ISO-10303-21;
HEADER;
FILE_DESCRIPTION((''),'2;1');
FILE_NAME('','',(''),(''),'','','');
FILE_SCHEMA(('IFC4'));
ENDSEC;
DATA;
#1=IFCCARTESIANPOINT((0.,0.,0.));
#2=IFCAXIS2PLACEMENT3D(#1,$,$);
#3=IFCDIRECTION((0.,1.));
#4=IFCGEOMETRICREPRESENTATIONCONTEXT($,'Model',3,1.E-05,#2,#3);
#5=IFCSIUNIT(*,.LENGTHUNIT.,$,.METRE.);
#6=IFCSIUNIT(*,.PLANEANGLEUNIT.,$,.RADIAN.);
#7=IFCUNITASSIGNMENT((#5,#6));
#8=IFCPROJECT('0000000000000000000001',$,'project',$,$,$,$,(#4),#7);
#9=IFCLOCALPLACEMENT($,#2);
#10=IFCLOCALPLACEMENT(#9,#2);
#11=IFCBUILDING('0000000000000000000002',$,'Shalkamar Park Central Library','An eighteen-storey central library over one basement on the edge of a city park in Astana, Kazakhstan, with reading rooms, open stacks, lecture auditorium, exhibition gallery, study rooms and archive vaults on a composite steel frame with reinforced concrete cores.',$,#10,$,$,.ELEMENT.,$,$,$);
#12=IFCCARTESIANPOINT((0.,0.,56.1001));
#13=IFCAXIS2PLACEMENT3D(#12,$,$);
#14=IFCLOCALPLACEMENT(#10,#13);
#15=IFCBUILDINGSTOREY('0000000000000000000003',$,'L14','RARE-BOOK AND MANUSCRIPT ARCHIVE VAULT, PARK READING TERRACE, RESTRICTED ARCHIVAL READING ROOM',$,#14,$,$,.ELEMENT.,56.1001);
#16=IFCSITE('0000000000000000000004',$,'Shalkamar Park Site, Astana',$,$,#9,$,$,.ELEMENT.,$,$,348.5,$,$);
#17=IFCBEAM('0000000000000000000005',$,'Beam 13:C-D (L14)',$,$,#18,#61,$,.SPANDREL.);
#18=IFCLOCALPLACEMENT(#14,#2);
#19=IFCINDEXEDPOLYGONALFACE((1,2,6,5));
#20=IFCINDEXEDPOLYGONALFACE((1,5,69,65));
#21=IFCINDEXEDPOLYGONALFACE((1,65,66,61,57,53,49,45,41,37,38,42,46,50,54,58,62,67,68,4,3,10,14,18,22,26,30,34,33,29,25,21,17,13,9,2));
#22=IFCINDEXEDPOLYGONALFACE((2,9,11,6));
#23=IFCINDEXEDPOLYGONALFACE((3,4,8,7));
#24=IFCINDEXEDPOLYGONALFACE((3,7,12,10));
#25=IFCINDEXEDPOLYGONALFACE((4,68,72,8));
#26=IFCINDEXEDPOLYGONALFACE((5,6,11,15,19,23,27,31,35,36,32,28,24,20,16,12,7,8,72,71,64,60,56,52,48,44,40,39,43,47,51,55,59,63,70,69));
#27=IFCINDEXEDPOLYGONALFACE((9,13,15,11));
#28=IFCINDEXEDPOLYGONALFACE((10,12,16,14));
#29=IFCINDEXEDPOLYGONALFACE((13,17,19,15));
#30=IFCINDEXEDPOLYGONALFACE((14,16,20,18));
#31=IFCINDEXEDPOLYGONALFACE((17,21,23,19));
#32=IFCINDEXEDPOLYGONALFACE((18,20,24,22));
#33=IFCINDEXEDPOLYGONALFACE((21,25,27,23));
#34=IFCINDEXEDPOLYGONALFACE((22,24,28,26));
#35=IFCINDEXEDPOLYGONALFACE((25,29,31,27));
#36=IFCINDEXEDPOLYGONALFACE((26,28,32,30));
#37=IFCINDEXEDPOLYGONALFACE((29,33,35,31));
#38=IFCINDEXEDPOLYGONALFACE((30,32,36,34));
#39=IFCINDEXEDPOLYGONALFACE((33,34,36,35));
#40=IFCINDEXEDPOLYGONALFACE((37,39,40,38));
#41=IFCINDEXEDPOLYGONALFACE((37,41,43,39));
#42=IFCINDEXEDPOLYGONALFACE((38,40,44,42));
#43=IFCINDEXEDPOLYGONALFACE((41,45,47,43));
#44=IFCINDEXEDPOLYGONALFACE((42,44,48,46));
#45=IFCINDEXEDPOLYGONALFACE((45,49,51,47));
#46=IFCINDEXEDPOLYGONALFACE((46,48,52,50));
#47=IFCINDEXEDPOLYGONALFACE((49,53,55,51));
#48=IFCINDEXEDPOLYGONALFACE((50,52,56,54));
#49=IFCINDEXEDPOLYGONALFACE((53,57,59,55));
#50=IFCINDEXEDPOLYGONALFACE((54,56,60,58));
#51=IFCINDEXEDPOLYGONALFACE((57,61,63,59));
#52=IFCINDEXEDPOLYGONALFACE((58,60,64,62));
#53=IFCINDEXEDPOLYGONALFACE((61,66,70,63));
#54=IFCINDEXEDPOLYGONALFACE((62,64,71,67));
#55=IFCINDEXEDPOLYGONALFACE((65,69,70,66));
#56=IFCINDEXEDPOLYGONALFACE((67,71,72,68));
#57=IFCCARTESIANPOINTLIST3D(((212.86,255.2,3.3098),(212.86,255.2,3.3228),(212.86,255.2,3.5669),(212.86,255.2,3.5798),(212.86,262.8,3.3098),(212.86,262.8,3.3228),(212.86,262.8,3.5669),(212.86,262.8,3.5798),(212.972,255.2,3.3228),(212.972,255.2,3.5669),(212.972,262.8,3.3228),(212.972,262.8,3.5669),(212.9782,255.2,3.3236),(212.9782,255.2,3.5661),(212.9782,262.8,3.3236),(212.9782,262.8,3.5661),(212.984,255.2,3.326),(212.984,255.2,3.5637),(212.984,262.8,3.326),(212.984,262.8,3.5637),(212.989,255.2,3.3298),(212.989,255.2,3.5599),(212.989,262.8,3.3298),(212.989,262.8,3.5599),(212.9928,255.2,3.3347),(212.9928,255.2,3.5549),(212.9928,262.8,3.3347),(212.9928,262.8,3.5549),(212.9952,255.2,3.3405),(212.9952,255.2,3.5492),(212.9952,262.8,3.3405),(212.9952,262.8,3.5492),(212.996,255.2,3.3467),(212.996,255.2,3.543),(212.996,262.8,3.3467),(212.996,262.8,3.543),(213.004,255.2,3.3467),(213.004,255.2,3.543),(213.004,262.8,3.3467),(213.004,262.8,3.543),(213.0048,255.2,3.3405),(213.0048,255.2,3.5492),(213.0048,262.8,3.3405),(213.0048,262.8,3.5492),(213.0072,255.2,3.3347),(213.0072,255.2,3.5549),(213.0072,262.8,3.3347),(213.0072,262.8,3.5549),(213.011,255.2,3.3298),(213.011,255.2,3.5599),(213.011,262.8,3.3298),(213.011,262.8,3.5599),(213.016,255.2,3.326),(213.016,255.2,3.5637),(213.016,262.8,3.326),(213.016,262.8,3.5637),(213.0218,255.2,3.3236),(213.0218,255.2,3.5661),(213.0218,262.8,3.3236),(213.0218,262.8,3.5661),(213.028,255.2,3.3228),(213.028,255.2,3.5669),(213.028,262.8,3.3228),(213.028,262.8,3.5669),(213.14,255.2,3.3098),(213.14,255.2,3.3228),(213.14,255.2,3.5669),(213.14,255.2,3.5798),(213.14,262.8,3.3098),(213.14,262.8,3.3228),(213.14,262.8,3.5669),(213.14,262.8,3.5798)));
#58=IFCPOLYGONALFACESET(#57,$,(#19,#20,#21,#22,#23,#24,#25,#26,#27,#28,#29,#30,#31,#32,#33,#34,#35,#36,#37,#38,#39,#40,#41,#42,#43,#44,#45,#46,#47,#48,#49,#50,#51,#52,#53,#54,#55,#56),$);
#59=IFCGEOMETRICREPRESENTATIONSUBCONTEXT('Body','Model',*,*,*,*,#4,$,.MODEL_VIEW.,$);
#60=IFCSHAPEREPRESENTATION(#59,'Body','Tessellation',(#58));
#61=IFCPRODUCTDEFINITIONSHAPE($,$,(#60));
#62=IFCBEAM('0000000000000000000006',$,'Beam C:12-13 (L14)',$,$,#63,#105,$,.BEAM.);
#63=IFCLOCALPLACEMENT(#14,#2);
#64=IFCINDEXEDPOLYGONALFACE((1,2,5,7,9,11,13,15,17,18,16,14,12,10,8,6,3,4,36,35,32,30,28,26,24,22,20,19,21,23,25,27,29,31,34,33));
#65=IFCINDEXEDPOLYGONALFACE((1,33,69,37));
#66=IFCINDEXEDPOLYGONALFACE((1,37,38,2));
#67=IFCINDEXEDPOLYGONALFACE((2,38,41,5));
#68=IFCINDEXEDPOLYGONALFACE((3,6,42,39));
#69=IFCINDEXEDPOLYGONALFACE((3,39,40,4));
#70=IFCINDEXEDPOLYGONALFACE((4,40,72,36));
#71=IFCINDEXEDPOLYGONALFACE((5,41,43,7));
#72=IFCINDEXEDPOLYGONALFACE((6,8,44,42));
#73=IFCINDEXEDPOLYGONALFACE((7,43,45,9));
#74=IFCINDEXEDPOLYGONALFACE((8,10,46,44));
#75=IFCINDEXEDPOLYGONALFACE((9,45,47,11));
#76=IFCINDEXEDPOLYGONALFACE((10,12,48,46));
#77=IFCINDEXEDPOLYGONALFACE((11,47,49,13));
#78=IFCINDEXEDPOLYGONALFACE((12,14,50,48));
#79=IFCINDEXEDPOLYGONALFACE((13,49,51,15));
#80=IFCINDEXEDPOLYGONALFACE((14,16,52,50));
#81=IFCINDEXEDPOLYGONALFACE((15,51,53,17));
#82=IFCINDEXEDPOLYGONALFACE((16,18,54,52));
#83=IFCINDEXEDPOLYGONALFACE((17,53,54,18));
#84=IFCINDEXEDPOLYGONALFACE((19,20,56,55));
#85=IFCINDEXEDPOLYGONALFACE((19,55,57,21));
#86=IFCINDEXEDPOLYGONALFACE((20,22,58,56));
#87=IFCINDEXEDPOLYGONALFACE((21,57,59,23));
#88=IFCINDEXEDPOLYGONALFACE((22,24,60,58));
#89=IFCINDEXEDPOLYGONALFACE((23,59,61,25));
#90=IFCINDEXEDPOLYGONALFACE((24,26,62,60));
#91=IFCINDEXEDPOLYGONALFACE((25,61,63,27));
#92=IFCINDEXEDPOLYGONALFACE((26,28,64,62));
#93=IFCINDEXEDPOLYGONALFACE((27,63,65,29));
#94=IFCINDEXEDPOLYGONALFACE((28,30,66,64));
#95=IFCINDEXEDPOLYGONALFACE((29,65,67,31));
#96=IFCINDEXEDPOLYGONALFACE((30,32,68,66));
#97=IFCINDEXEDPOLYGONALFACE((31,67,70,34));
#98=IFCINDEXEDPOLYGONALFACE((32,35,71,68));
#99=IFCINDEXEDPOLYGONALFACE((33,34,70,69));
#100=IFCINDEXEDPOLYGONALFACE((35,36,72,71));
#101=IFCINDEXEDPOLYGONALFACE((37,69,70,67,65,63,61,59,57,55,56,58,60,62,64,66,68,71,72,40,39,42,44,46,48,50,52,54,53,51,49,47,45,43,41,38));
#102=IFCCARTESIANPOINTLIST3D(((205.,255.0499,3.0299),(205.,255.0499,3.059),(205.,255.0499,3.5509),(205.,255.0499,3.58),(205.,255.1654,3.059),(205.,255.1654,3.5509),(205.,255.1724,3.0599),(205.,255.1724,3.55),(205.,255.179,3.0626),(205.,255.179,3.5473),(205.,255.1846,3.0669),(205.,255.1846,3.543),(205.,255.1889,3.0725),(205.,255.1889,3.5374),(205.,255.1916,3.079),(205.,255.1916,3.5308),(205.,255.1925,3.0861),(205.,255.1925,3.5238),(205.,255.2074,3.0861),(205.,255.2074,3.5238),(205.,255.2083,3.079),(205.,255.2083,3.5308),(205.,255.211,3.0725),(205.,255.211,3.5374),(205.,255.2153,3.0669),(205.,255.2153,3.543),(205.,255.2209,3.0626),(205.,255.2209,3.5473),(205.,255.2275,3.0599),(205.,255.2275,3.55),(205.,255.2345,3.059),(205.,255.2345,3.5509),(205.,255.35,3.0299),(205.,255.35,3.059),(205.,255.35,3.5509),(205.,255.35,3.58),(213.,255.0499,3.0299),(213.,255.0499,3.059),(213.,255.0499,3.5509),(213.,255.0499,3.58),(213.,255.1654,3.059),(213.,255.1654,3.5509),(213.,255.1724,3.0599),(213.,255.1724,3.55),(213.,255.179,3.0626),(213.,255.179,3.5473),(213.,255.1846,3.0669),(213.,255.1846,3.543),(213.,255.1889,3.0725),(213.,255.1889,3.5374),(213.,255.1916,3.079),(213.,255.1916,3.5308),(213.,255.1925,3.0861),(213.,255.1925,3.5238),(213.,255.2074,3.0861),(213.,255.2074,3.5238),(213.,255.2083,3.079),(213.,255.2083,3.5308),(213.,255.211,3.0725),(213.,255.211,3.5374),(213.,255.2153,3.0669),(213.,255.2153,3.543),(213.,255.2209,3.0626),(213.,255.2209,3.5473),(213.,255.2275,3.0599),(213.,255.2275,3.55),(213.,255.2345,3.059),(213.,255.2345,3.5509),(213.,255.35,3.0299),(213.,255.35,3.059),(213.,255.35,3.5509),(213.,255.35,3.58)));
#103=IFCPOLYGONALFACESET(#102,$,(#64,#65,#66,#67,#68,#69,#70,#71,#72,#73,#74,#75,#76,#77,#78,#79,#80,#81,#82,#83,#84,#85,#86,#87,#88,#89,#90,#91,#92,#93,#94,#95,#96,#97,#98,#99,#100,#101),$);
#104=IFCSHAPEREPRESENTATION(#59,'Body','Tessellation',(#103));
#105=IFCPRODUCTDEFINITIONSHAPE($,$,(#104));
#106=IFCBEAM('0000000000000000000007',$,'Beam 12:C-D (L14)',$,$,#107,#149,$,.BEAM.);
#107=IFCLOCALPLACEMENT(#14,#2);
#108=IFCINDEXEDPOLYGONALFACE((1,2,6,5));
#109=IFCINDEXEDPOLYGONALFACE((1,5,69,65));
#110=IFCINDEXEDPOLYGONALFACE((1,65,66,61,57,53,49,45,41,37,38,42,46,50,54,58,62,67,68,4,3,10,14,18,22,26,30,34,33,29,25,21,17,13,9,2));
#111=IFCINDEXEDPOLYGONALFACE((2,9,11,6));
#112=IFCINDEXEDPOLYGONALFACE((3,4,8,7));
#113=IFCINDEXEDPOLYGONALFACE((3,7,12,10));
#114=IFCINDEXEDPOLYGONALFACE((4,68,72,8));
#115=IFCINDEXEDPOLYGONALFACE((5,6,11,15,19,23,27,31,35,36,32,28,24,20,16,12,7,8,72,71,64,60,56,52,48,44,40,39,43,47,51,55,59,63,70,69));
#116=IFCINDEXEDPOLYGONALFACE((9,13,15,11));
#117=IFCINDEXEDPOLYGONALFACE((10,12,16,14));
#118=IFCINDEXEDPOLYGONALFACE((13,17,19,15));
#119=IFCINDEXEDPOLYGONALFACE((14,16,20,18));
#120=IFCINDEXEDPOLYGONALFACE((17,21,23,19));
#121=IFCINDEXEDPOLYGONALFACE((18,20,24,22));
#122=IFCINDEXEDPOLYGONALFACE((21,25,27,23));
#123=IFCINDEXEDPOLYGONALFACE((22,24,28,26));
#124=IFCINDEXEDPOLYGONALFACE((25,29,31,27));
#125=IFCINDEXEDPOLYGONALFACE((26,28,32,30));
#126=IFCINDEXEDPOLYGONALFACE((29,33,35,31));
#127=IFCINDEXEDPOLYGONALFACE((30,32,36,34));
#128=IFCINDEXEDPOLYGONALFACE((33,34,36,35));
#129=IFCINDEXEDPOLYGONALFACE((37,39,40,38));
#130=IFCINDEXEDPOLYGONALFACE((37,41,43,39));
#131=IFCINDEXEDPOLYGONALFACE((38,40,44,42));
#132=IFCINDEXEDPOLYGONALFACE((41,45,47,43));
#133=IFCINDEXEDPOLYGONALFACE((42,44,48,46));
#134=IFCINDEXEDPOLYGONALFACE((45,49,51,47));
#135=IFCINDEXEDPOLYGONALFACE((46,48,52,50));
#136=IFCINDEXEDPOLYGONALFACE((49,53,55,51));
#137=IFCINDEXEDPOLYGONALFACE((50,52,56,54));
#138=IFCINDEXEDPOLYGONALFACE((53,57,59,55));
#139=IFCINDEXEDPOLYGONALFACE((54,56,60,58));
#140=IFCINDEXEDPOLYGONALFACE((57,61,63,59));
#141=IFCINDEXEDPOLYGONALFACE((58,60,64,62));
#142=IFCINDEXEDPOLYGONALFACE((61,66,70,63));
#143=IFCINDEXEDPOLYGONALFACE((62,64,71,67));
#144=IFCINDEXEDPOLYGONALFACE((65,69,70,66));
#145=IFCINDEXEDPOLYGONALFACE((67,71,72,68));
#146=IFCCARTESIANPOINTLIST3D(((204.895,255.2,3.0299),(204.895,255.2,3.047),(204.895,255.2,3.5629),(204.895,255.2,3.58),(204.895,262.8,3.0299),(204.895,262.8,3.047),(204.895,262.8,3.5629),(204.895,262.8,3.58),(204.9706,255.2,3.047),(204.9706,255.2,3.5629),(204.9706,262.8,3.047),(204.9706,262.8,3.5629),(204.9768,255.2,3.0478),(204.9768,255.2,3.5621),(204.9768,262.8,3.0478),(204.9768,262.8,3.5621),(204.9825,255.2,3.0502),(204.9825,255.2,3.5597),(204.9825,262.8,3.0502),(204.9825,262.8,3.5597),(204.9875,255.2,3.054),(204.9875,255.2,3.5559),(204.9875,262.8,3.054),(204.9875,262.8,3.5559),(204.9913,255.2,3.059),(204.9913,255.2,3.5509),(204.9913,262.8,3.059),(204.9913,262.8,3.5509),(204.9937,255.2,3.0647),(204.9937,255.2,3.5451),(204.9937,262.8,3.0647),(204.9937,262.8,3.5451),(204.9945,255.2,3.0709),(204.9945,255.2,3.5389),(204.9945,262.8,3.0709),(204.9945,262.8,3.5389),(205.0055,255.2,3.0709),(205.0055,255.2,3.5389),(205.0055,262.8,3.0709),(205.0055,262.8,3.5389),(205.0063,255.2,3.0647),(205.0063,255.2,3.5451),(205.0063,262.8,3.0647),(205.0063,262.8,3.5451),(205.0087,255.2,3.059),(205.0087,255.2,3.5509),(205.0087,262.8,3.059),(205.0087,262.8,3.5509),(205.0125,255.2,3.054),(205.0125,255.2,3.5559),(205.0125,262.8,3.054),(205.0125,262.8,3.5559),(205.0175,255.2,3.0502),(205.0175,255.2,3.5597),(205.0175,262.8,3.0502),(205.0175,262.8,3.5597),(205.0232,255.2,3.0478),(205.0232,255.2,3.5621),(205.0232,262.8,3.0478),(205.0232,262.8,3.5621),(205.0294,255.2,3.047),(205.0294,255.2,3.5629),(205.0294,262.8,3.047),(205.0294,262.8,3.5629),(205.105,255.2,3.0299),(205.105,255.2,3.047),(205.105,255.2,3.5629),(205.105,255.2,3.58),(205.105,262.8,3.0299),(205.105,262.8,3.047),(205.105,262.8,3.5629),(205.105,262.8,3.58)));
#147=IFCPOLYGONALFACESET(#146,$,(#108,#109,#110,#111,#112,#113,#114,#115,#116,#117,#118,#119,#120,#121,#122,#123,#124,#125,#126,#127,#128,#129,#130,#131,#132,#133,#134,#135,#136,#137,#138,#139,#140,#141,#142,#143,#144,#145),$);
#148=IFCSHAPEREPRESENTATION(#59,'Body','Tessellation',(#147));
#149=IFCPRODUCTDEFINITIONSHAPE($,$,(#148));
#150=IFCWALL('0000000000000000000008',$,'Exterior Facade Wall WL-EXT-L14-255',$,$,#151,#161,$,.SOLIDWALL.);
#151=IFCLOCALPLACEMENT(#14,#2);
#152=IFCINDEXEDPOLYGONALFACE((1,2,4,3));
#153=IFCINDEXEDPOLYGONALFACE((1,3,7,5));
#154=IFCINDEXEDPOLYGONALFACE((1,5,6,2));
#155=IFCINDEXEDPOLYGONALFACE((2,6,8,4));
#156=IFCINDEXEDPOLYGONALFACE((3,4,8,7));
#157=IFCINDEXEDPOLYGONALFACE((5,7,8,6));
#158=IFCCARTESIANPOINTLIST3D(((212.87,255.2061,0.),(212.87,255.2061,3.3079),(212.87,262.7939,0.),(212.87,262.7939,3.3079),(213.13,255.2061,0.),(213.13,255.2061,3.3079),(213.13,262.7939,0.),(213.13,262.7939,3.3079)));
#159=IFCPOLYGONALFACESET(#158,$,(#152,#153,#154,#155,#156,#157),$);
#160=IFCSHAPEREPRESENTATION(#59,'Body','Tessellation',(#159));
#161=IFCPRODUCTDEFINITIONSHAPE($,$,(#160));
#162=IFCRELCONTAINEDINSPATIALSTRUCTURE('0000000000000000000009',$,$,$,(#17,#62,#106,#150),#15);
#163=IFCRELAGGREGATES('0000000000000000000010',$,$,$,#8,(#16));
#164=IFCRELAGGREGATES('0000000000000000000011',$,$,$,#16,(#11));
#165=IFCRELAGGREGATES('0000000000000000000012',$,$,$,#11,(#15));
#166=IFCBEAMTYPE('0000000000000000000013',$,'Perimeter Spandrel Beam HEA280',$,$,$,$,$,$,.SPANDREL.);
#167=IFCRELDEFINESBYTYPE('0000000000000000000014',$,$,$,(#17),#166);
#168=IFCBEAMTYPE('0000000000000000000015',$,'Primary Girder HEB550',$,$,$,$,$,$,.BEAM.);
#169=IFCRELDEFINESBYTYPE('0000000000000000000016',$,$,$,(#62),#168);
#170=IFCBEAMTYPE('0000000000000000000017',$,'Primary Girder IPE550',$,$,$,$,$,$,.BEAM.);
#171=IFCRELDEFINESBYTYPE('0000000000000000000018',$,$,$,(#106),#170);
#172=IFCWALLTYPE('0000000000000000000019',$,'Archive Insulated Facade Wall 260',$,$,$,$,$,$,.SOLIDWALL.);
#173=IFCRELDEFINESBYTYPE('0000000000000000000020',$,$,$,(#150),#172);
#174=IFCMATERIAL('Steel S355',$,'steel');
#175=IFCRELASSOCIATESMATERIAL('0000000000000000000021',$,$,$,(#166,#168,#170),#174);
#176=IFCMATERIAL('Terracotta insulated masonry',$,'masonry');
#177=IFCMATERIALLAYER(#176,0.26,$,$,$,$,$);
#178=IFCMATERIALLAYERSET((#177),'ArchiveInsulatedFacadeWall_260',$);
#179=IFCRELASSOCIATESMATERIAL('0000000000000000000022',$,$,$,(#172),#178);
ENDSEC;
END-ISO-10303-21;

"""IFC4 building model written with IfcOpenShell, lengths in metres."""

from ifc_helpers import new_model, si_unit, direction, frame, frame_2d, origin, origin_2d, place, context, subcontext, project, spatial, rectangle, i_section, extrude, material, layer, layer_set, material_profile, profile_set, type_object, element, save


model = new_model("IFC4")

# Units and contexts
model_context = context("Model", 3, precision=1e-05, world=origin(), true_north=direction((0.0, 1.0)))
body_context = subcontext(model_context, "Body", "Model", "MODEL_VIEW")
ifc_project = project(units=[si_unit("LENGTHUNIT", "METRE"), si_unit("PLANEANGLEUNIT", "RADIAN")], contexts=[model_context])

# Site, building, storey
site_placement = place(None, origin())
site = spatial("IfcSite", under=ifc_project, at=site_placement, Name="Shalkamar Park Site, Astana", CompositionType="ELEMENT", RefElevation=348.5)
building_placement = place(site_placement, origin())
building = spatial("IfcBuilding", under=site, at=building_placement, Name="Shalkamar Park Central Library", Description="An eighteen-storey central library over one basement on the edge of a city park in Astana, Kazakhstan, with reading rooms, open stacks, lecture auditorium, exhibition gallery, study rooms and archive vaults on a composite steel frame with reinforced concrete cores.", CompositionType="ELEMENT")
storey_placement = place(building_placement, frame((0.0, 0.0, 56.1001)))
storey = spatial("IfcBuildingStorey", under=building, at=storey_placement, Name="L14", Description="RARE-BOOK AND MANUSCRIPT ARCHIVE VAULT, PARK READING TERRACE, RESTRICTED ARCHIVAL READING ROOM", CompositionType="ELEMENT", Elevation=56.1001)

# Shared definitions
ifc_material_1 = material(Name="Steel S355", Category="steel")

# Beams
ifc_material_profile_1 = material_profile(ifc_material_1, i_section(OverallWidth=0.28, OverallDepth=0.27, WebThickness=0.0081, FlangeThickness=0.0129, FilletRadius=0.0239, at=origin_2d()), Name="HEA 280")
ifc_profile_set_1 = profile_set([ifc_material_profile_1], Name="Steel S355")
beam_type_1 = type_object("IfcBeamType", Name="Perimeter Spandrel Beam HEA280", PredefinedType="SPANDREL", material=ifc_profile_set_1)
beam_1_placement = place(storey_placement, frame((213.0, 255.2, 3.4448), z_axis=(0.0, 1.0, 0.0), x_axis=(-1.0, 0.0, 0.0)))
element("IfcBeam", 1, at=beam_1_placement, inside=storey, type_object=beam_type_1, Name="Beam 13:C-D (L14)", PredefinedType="SPANDREL", context=body_context, shape_type="SweptSolid", body=[
    extrude(i_section(OverallWidth=0.28, OverallDepth=0.27, WebThickness=0.0081, FlangeThickness=0.0129, FilletRadius=0.0239, at=origin_2d()), origin(), (0.0, 0.0, 1.0), 7.6001),
])
ifc_material_profile_2 = material_profile(ifc_material_1, i_section(OverallWidth=0.3, OverallDepth=0.55, WebThickness=0.0149, FlangeThickness=0.0291, FilletRadius=0.0271, at=origin_2d()), Name="HEB 550")
ifc_profile_set_2 = profile_set([ifc_material_profile_2], Name="Steel S355")
beam_type_2 = type_object("IfcBeamType", Name="Primary Girder HEB550", PredefinedType="BEAM", material=ifc_profile_set_2)
beam_2_placement = place(storey_placement, frame((205.0, 255.2, 3.3049), z_axis=(1.0, 0.0, 0.0), x_axis=(0.0, 1.0, 0.0)))
element("IfcBeam", 2, at=beam_2_placement, inside=storey, type_object=beam_type_2, Name="Beam C:12-13 (L14)", PredefinedType="BEAM", context=body_context, shape_type="SweptSolid", body=[
    extrude(i_section(OverallWidth=0.3, OverallDepth=0.55, WebThickness=0.0149, FlangeThickness=0.0291, FilletRadius=0.0271, at=origin_2d()), origin(), (0.0, 0.0, 1.0), 8.0),
])
ifc_material_profile_3 = material_profile(ifc_material_1, i_section(OverallWidth=0.21, OverallDepth=0.55, WebThickness=0.011, FlangeThickness=0.0171, FilletRadius=0.0239, at=origin_2d()), Name="IPE 550")
ifc_profile_set_3 = profile_set([ifc_material_profile_3], Name="Steel S355")
beam_type_3 = type_object("IfcBeamType", Name="Primary Girder IPE550", PredefinedType="BEAM", material=ifc_profile_set_3)
beam_3_placement = place(storey_placement, frame((205.0, 255.2, 3.3049), z_axis=(0.0, 1.0, 0.0), x_axis=(-1.0, 0.0, 0.0)))
element("IfcBeam", 3, at=beam_3_placement, inside=storey, type_object=beam_type_3, Name="Beam 12:C-D (L14)", PredefinedType="BEAM", context=body_context, shape_type="SweptSolid", body=[
    extrude(i_section(OverallWidth=0.21, OverallDepth=0.55, WebThickness=0.011, FlangeThickness=0.0171, FilletRadius=0.0239, at=origin_2d()), origin(), (0.0, 0.0, 1.0), 7.6001),
])

# Wall
ifc_material_2 = material(Name="Terracotta insulated masonry", Category="masonry")
ifc_layer_1 = layer(ifc_material_2, 0.26)
ifc_layer_set_1 = layer_set([ifc_layer_1], Name="ArchiveInsulatedFacadeWall_260")
wall_type_1 = type_object("IfcWallType", Name="Archive Insulated Facade Wall 260", PredefinedType="SOLIDWALL", material=ifc_layer_set_1)
wall_1_placement = place(storey_placement, frame((213.0, 255.2061, 0.0), z_axis=(0.0, 0.0, 1.0), x_axis=(0.0, 1.0, 0.0)))
element("IfcWall", 4, at=wall_1_placement, inside=storey, type_object=wall_type_1, Name="Exterior Facade Wall WL-EXT-L14-255", PredefinedType="SOLIDWALL", context=body_context, shape_type="SweptSolid", body=[
    extrude(rectangle(XDim=7.5879, YDim=0.26, at=frame_2d((3.7939, 0.0))), origin(), (0.0, 0.0, 1.0), 3.3079),
])

save(model, "model.ifc")
